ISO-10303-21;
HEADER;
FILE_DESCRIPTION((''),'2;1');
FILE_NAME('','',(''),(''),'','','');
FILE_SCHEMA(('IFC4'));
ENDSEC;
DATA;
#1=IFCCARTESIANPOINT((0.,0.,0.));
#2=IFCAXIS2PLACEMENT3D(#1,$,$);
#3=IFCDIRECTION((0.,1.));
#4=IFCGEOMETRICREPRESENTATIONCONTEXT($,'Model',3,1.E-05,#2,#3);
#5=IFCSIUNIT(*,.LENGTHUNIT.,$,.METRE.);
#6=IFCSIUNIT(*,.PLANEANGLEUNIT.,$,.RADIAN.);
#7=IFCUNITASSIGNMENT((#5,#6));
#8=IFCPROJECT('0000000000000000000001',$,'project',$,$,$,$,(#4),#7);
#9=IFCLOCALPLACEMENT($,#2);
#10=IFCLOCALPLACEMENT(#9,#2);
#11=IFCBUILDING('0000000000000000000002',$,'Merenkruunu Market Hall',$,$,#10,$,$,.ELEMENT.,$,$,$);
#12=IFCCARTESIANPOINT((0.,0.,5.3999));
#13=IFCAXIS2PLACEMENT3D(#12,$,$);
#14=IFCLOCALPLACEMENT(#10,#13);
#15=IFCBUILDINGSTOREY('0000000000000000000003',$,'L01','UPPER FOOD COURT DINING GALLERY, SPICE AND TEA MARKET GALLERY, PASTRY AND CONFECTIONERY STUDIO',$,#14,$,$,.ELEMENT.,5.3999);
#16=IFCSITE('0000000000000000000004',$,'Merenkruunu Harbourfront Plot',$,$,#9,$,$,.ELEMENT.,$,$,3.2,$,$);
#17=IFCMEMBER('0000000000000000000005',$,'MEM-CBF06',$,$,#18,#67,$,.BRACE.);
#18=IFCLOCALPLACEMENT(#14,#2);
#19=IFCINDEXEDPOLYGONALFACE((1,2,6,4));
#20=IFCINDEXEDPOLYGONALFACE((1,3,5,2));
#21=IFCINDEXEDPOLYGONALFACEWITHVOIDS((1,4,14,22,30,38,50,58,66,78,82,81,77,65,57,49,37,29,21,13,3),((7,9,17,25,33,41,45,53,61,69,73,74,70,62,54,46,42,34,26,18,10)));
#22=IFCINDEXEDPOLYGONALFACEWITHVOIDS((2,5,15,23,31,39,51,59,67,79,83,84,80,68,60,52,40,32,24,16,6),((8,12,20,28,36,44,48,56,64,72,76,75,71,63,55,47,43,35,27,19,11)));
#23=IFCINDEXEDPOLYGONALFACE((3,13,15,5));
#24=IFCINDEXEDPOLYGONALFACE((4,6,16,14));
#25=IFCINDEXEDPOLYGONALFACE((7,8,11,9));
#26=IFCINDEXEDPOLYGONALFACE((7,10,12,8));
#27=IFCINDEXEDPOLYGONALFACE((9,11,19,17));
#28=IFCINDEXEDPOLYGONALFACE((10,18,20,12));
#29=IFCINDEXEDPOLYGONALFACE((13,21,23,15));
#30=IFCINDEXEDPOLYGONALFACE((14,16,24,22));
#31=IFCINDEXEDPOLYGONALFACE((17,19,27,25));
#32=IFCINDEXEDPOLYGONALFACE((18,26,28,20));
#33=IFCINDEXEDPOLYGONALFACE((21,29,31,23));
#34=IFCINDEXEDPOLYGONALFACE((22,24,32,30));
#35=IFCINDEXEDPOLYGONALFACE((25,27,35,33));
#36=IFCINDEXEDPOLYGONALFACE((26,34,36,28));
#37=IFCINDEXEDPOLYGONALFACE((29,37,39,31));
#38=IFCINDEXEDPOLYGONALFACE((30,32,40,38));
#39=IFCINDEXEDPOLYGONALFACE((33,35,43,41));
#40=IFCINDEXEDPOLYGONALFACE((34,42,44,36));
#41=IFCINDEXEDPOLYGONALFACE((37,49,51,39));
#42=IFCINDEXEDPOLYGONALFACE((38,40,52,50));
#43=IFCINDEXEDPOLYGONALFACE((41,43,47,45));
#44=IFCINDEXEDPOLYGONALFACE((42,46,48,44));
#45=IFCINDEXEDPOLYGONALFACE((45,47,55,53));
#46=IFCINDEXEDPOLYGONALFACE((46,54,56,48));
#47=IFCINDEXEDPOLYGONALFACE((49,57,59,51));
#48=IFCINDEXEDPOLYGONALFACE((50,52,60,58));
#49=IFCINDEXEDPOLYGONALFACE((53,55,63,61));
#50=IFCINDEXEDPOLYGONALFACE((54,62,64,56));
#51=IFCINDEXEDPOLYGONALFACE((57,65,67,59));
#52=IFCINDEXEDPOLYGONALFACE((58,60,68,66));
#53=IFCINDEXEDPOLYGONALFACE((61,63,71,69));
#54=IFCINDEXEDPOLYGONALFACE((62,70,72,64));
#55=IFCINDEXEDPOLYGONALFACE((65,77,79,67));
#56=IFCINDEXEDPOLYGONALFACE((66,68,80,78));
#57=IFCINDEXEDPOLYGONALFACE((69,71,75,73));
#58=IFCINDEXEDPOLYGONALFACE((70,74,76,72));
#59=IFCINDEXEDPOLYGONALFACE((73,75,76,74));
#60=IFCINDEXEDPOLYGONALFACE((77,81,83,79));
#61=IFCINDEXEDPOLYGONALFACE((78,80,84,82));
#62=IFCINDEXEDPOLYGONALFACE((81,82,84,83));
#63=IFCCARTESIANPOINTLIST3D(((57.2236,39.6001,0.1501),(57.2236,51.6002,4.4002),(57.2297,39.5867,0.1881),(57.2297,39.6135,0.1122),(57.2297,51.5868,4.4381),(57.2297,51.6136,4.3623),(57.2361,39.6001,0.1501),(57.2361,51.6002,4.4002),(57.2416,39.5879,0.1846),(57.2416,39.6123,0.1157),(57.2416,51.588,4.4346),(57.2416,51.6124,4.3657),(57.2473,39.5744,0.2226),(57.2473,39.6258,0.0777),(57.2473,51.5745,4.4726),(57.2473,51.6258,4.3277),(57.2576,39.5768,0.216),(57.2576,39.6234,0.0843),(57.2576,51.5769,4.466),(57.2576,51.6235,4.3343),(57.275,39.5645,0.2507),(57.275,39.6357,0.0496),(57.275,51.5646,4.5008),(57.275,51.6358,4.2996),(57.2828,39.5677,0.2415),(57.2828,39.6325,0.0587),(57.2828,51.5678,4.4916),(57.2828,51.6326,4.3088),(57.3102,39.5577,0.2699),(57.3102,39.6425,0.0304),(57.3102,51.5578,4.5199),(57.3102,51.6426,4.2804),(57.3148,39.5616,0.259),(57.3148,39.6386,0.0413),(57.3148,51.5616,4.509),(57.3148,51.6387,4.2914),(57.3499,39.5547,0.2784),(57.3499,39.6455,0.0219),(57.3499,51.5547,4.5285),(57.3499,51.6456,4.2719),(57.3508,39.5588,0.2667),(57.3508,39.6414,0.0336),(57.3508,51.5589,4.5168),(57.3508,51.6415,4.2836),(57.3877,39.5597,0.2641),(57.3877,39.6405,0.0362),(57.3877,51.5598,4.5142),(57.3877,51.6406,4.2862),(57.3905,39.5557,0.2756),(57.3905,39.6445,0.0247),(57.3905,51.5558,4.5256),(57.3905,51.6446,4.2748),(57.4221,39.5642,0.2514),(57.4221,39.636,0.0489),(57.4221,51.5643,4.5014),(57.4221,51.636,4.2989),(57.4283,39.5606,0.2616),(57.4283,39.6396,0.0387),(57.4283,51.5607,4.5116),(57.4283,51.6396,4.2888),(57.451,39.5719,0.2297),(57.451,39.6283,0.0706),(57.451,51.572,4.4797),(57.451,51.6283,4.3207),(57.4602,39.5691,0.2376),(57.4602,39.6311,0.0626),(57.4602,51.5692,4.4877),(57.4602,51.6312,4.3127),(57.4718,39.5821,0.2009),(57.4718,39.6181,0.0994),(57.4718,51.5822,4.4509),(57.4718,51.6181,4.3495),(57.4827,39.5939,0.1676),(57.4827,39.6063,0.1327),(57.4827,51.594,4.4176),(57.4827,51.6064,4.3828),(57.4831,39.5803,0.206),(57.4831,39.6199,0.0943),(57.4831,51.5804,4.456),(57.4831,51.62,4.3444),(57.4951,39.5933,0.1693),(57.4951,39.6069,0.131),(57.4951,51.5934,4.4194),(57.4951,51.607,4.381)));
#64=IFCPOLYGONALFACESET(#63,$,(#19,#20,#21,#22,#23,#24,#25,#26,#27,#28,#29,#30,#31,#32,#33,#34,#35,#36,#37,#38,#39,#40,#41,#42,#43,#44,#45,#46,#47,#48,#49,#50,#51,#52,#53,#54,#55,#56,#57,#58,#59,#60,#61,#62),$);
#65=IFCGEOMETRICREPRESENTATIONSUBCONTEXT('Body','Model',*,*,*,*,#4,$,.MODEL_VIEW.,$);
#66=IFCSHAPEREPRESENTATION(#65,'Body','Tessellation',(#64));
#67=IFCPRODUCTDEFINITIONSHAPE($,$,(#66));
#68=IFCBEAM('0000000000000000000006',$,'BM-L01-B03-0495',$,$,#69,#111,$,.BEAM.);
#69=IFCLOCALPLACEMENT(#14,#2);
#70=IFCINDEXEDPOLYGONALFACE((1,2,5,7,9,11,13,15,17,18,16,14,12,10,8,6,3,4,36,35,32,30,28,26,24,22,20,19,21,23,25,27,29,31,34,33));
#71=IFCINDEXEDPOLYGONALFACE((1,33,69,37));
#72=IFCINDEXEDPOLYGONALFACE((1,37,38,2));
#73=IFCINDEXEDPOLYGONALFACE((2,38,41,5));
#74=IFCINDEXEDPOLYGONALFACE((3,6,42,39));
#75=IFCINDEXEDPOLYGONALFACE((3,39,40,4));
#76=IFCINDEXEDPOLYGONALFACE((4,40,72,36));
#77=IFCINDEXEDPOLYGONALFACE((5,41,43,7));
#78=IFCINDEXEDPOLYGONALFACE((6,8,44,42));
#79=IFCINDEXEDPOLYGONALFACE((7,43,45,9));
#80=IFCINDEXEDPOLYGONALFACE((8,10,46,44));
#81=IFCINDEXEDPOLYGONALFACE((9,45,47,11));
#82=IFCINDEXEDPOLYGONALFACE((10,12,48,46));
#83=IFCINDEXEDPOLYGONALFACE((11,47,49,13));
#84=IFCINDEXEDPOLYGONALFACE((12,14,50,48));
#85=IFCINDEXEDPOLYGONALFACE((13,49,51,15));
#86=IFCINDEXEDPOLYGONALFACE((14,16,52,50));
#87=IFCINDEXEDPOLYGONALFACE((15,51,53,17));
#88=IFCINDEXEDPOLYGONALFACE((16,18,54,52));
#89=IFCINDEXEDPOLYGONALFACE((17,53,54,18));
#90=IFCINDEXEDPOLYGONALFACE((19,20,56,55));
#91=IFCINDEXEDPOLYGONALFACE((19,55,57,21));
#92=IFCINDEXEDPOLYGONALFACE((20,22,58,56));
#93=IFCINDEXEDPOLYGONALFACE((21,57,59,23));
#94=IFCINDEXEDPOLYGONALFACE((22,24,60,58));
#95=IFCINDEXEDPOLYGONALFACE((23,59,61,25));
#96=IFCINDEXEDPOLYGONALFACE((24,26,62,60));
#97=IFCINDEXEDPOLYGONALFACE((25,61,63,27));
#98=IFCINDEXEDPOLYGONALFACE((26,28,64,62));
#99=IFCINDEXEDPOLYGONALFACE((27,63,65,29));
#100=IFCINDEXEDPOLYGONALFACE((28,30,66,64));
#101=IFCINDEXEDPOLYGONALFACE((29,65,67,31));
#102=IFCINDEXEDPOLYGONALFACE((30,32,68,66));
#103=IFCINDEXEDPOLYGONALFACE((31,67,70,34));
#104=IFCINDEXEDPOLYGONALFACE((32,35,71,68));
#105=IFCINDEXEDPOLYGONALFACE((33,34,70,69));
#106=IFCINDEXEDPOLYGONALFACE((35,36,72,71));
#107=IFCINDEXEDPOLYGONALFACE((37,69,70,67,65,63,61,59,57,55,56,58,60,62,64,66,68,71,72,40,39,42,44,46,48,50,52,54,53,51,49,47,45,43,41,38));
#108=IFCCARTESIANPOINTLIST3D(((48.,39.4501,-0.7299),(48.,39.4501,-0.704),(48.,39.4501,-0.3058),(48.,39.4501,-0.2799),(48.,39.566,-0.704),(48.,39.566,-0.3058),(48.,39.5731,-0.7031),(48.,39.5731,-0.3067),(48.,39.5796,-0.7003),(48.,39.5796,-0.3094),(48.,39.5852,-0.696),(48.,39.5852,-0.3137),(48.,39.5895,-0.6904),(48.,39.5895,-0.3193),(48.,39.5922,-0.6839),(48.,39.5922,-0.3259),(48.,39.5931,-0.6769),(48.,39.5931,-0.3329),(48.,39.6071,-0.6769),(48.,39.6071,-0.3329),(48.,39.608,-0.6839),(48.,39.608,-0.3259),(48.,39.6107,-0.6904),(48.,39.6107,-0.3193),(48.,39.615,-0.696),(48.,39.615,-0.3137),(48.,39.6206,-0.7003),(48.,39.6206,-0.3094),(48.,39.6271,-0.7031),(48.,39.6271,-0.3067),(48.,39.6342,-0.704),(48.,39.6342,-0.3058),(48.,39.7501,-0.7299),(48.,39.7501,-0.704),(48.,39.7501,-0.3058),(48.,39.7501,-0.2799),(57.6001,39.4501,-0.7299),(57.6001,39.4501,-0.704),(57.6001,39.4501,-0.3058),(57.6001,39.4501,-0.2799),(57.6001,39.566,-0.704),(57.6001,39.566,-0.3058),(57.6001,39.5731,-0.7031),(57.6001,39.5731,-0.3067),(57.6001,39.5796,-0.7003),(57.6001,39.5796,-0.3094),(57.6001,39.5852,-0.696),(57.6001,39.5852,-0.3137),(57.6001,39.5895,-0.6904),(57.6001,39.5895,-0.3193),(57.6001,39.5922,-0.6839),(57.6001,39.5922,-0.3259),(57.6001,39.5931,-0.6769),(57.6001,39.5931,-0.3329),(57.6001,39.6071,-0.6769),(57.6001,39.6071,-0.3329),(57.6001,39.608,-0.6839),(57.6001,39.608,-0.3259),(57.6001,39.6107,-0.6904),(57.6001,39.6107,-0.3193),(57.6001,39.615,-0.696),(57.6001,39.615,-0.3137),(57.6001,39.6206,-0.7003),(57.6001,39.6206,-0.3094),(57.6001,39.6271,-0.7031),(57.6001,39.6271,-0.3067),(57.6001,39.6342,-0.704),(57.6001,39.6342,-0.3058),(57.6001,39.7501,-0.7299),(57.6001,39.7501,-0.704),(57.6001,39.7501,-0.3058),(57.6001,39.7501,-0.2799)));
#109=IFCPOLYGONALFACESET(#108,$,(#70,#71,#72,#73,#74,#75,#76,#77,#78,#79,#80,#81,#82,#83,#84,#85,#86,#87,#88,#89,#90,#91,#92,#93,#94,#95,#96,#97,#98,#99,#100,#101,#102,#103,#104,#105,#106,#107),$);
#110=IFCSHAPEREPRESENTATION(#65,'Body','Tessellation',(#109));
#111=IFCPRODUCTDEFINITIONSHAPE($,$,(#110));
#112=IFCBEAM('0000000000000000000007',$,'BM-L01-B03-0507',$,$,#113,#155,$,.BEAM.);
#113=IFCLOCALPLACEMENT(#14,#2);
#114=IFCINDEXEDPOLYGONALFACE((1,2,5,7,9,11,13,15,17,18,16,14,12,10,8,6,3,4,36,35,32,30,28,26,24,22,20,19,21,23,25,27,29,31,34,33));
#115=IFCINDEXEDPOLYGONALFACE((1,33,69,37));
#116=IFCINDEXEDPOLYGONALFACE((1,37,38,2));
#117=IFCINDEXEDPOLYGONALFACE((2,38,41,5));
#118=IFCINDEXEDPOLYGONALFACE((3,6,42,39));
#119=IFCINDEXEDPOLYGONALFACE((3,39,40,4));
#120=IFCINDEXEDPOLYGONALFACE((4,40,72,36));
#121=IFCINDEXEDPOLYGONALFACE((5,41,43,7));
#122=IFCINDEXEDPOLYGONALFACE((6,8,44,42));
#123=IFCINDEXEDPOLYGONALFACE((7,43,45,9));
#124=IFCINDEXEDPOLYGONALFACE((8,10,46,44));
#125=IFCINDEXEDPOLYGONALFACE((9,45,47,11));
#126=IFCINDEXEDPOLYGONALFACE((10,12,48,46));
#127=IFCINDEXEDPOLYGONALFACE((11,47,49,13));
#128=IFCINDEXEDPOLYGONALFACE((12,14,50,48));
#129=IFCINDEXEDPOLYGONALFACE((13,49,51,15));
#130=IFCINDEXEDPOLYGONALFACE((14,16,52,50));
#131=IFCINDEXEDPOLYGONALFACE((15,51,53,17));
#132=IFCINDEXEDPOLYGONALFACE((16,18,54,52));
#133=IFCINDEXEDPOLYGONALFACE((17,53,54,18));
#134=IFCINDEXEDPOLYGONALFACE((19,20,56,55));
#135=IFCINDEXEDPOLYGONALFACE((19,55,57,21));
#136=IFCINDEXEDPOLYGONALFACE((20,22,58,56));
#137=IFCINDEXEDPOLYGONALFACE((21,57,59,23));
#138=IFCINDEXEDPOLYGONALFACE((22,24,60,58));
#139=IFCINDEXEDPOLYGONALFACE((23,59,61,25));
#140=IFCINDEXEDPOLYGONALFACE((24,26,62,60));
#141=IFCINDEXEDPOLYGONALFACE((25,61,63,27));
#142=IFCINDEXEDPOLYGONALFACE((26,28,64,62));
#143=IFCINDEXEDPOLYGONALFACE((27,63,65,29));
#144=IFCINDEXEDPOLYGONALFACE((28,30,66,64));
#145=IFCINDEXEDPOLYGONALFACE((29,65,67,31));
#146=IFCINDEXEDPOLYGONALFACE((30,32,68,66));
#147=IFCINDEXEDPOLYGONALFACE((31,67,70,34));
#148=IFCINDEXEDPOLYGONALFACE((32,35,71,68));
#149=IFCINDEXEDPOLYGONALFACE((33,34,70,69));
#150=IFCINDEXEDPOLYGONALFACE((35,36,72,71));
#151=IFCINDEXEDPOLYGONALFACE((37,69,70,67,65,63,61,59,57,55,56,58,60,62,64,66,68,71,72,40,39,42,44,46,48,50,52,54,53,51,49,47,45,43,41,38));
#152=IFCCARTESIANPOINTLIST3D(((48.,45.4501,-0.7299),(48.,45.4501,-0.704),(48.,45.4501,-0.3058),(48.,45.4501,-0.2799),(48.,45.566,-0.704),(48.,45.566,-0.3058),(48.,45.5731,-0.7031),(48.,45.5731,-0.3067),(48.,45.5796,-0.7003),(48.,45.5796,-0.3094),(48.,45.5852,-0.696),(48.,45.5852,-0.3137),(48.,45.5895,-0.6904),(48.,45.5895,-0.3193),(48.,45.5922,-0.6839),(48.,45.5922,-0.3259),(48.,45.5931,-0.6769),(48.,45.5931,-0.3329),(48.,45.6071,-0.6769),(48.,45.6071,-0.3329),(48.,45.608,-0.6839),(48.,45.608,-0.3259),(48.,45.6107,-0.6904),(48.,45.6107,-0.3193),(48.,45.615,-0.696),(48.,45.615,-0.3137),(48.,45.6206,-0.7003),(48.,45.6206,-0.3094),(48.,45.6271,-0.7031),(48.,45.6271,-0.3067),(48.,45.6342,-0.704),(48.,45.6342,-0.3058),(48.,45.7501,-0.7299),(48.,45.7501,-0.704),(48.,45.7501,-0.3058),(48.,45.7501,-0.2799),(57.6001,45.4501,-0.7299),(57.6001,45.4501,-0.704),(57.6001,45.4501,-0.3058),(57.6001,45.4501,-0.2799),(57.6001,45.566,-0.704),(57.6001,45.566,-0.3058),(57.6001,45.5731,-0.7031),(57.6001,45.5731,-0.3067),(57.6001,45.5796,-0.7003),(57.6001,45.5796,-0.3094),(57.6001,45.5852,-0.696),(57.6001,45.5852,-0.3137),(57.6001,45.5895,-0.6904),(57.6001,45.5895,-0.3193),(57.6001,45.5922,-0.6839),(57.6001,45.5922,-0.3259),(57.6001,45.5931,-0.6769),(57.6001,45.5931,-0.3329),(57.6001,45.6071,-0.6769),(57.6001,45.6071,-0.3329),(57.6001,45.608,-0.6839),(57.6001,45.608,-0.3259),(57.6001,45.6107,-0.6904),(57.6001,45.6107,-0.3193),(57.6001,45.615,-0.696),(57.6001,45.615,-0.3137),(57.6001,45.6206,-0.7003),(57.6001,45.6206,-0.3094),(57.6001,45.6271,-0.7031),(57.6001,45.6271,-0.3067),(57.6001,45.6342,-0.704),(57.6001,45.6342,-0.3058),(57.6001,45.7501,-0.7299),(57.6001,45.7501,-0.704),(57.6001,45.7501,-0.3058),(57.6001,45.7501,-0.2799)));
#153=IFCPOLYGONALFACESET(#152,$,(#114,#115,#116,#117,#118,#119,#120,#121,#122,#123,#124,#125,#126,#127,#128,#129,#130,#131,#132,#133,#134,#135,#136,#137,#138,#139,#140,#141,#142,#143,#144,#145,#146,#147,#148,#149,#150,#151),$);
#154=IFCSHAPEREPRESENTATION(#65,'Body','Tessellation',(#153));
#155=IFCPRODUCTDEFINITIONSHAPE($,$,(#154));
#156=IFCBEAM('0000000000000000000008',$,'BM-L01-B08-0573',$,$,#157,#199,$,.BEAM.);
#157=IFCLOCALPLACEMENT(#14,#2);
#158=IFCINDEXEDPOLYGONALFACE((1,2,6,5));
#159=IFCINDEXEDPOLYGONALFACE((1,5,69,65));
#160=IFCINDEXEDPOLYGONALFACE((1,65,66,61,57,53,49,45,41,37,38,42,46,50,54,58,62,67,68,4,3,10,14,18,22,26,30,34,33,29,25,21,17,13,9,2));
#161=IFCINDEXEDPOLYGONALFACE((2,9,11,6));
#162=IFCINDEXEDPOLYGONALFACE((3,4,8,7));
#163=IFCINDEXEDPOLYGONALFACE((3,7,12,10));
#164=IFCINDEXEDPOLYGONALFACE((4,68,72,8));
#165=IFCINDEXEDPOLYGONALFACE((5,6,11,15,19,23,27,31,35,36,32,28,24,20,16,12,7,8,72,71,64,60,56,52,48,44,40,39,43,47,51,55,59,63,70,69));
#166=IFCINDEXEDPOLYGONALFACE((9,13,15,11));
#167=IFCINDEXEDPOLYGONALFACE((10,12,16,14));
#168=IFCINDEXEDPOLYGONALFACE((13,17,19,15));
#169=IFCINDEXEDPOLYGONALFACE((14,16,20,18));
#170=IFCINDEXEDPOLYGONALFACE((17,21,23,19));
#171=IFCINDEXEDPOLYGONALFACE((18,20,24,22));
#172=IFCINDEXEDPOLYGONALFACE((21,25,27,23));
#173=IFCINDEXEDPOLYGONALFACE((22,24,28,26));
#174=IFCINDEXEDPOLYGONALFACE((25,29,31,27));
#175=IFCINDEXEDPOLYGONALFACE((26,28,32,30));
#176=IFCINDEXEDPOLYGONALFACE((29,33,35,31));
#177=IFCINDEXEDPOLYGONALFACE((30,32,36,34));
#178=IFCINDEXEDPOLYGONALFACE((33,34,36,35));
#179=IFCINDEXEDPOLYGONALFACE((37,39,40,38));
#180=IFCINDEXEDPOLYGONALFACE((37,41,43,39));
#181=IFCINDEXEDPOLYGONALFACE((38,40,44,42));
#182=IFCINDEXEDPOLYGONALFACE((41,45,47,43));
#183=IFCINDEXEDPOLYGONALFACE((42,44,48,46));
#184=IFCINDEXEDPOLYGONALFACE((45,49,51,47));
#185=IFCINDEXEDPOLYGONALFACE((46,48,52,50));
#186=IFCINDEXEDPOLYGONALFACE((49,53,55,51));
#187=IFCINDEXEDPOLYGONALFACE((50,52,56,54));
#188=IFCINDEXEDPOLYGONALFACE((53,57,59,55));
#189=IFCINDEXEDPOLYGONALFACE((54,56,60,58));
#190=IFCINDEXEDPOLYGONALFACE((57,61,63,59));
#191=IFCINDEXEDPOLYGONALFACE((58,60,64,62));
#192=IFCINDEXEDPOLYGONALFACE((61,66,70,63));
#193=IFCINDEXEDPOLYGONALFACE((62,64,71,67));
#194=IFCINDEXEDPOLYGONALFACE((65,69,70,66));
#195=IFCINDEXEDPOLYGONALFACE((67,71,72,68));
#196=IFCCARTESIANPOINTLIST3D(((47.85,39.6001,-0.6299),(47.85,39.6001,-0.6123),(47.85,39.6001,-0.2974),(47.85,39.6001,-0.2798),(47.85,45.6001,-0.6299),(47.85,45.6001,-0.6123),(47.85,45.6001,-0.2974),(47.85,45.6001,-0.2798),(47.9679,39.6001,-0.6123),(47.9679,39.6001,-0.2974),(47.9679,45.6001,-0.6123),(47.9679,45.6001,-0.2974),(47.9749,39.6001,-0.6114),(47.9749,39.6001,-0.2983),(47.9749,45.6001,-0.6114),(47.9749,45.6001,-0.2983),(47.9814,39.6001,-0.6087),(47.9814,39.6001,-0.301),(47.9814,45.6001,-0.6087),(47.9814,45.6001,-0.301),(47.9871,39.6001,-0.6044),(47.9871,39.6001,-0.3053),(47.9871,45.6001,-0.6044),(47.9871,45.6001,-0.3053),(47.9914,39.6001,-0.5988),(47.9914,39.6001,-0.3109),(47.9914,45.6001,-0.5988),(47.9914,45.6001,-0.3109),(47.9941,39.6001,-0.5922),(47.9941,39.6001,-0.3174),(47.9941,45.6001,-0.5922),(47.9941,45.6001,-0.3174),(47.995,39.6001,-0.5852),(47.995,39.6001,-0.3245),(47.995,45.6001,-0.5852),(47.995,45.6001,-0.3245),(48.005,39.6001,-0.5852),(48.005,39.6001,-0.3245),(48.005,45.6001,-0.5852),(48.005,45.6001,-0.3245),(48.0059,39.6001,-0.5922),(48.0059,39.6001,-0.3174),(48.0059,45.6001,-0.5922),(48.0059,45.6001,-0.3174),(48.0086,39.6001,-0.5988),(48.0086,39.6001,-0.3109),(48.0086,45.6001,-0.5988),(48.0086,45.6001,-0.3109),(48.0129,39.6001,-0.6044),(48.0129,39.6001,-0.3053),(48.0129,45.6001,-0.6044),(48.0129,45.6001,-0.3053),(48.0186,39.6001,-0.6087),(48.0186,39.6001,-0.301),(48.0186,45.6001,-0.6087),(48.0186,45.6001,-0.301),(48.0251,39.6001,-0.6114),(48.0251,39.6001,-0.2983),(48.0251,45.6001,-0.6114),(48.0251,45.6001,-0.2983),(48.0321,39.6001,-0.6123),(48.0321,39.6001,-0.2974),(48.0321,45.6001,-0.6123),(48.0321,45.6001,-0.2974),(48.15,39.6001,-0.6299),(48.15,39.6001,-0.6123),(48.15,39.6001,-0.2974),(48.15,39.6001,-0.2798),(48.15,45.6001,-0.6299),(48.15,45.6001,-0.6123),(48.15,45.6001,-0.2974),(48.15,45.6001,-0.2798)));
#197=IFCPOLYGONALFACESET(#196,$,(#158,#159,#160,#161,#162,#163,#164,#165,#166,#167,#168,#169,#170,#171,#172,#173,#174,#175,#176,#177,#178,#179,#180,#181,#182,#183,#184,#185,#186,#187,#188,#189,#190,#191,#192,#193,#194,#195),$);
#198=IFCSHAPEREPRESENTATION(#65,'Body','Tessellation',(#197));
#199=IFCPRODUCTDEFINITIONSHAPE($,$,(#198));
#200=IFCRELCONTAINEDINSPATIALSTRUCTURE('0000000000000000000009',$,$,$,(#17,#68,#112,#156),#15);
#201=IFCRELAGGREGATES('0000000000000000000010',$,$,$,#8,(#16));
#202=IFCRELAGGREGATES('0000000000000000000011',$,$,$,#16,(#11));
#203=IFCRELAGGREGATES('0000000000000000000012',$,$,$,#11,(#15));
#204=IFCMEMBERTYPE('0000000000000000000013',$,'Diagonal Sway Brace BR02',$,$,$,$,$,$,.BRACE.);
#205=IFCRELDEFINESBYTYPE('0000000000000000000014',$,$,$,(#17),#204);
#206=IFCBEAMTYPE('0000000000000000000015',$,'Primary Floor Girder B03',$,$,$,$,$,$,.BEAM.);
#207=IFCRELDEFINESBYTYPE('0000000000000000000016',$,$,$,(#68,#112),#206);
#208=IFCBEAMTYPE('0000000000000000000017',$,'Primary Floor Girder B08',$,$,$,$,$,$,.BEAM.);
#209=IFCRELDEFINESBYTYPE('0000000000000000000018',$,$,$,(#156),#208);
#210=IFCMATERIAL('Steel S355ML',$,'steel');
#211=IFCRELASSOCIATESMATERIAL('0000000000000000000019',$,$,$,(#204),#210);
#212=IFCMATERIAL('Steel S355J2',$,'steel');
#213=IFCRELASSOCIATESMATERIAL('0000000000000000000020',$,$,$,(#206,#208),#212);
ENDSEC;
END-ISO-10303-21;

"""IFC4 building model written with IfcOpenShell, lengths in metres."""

from ifc_helpers import new_model, si_unit, direction, frame, origin, origin_2d, place, context, subcontext, project, spatial, hollow_circle, i_section, extrude, material, material_profile, profile_set, type_object, element, save


model = new_model("IFC4")

# Units and contexts
model_context = context("Model", 3, precision=1e-05, world=origin(), true_north=direction((0.0, 1.0)))
body_context = subcontext(model_context, "Body", "Model", "MODEL_VIEW")
ifc_project = project(units=[si_unit("LENGTHUNIT", "METRE"), si_unit("PLANEANGLEUNIT", "RADIAN")], contexts=[model_context])

# Site, building, storey
site_placement = place(None, origin())
site = spatial("IfcSite", under=ifc_project, at=site_placement, Name="Merenkruunu Harbourfront Plot", CompositionType="ELEMENT", RefElevation=3.2)
building_placement = place(site_placement, origin())
building = spatial("IfcBuilding", under=site, at=building_placement, Name="Merenkruunu Market Hall", CompositionType="ELEMENT")
storey_placement = place(building_placement, frame((0.0, 0.0, 5.3999)))
storey = spatial("IfcBuildingStorey", under=building, at=storey_placement, Name="L01", Description="UPPER FOOD COURT DINING GALLERY, SPICE AND TEA MARKET GALLERY, PASTRY AND CONFECTIONERY STUDIO", CompositionType="ELEMENT", Elevation=5.3999)

# Shared definitions
ifc_material_1 = material(Name="Steel S355ML", Category="steel")
ifc_material_2 = material(Name="Steel S355J2", Category="steel")

# Member
ifc_material_profile_1 = material_profile(ifc_material_1, hollow_circle(Radius=0.1365, WallThickness=0.0125, at=origin_2d()), Name="CHS 273x12.5")
ifc_profile_set_1 = profile_set([ifc_material_profile_1], Name="Steel S355ML")
member_type_1 = type_object("IfcMemberType", Name="Diagonal Sway Brace BR02", PredefinedType="BRACE", material=ifc_profile_set_1)
member_1_placement = place(storey_placement, frame((57.3601, 39.6001, 0.1501), z_axis=(0.0, 0.942627, 0.333847), x_axis=(-1.0, 0.0, 0.0)))
element("IfcMember", 1, at=member_1_placement, inside=storey, type_object=member_type_1, Name="MEM-CBF06", PredefinedType="BRACE", context=body_context, shape_type="SweptSolid", body=[
    extrude(hollow_circle(Radius=0.1365, WallThickness=0.0125, at=origin_2d()), origin(), (0.0, 0.0, 1.0), 12.7305),
])

# Beams
ifc_material_profile_2 = material_profile(ifc_material_2, i_section(OverallWidth=0.3, OverallDepth=0.45, WebThickness=0.0139, FlangeThickness=0.0259, FilletRadius=0.0271, at=origin_2d()), Name="HEB 450")
ifc_profile_set_2 = profile_set([ifc_material_profile_2], Name="Steel S355J2")
beam_type_1 = type_object("IfcBeamType", Name="Primary Floor Girder B03", PredefinedType="BEAM", material=ifc_profile_set_2)
for number, where, z_axis, x_axis, name in (
    (2, (48.0, 39.6001, -0.5049), (1.0, 0.0, 0.0), (0.0, 1.0, 0.0), "BM-L01-B03-0495"),
    (3, (48.0, 45.6001, -0.5049), (1.0, 0.0, 0.0), (0.0, 1.0, 0.0), "BM-L01-B03-0507"),
):
    element("IfcBeam", number, at=place(storey_placement, frame(where, z_axis=z_axis, x_axis=x_axis)), inside=storey, type_object=beam_type_1, Name=name, PredefinedType="BEAM", context=body_context, shape_type="SweptSolid", body=[
        extrude(i_section(OverallWidth=0.3, OverallDepth=0.45, WebThickness=0.0139, FlangeThickness=0.0259, FilletRadius=0.0271, at=origin_2d()), origin(), (0.0, 0.0, 1.0), 9.6001),
    ])
ifc_material_profile_3 = material_profile(ifc_material_2, i_section(OverallWidth=0.3, OverallDepth=0.3501, WebThickness=0.01, FlangeThickness=0.0176, FilletRadius=0.0271, at=origin_2d()), Name="HEA 360")
ifc_profile_set_3 = profile_set([ifc_material_profile_3], Name="Steel S355J2")
beam_type_2 = type_object("IfcBeamType", Name="Primary Floor Girder B08", PredefinedType="BEAM", material=ifc_profile_set_3)
for number, where, z_axis, x_axis, name in (
    (4, (48.0, 39.6001, -0.4548), (0.0, 1.0, 0.0), (-1.0, 0.0, 0.0), "BM-L01-B08-0573"),
):
    element("IfcBeam", number, at=place(storey_placement, frame(where, z_axis=z_axis, x_axis=x_axis)), inside=storey, type_object=beam_type_2, Name=name, PredefinedType="BEAM", context=body_context, shape_type="SweptSolid", body=[
        extrude(i_section(OverallWidth=0.3, OverallDepth=0.3501, WebThickness=0.01, FlangeThickness=0.0176, FilletRadius=0.0271, at=origin_2d()), origin(), (0.0, 0.0, 1.0), 6.0),
    ])

save(model, "model.ifc")
